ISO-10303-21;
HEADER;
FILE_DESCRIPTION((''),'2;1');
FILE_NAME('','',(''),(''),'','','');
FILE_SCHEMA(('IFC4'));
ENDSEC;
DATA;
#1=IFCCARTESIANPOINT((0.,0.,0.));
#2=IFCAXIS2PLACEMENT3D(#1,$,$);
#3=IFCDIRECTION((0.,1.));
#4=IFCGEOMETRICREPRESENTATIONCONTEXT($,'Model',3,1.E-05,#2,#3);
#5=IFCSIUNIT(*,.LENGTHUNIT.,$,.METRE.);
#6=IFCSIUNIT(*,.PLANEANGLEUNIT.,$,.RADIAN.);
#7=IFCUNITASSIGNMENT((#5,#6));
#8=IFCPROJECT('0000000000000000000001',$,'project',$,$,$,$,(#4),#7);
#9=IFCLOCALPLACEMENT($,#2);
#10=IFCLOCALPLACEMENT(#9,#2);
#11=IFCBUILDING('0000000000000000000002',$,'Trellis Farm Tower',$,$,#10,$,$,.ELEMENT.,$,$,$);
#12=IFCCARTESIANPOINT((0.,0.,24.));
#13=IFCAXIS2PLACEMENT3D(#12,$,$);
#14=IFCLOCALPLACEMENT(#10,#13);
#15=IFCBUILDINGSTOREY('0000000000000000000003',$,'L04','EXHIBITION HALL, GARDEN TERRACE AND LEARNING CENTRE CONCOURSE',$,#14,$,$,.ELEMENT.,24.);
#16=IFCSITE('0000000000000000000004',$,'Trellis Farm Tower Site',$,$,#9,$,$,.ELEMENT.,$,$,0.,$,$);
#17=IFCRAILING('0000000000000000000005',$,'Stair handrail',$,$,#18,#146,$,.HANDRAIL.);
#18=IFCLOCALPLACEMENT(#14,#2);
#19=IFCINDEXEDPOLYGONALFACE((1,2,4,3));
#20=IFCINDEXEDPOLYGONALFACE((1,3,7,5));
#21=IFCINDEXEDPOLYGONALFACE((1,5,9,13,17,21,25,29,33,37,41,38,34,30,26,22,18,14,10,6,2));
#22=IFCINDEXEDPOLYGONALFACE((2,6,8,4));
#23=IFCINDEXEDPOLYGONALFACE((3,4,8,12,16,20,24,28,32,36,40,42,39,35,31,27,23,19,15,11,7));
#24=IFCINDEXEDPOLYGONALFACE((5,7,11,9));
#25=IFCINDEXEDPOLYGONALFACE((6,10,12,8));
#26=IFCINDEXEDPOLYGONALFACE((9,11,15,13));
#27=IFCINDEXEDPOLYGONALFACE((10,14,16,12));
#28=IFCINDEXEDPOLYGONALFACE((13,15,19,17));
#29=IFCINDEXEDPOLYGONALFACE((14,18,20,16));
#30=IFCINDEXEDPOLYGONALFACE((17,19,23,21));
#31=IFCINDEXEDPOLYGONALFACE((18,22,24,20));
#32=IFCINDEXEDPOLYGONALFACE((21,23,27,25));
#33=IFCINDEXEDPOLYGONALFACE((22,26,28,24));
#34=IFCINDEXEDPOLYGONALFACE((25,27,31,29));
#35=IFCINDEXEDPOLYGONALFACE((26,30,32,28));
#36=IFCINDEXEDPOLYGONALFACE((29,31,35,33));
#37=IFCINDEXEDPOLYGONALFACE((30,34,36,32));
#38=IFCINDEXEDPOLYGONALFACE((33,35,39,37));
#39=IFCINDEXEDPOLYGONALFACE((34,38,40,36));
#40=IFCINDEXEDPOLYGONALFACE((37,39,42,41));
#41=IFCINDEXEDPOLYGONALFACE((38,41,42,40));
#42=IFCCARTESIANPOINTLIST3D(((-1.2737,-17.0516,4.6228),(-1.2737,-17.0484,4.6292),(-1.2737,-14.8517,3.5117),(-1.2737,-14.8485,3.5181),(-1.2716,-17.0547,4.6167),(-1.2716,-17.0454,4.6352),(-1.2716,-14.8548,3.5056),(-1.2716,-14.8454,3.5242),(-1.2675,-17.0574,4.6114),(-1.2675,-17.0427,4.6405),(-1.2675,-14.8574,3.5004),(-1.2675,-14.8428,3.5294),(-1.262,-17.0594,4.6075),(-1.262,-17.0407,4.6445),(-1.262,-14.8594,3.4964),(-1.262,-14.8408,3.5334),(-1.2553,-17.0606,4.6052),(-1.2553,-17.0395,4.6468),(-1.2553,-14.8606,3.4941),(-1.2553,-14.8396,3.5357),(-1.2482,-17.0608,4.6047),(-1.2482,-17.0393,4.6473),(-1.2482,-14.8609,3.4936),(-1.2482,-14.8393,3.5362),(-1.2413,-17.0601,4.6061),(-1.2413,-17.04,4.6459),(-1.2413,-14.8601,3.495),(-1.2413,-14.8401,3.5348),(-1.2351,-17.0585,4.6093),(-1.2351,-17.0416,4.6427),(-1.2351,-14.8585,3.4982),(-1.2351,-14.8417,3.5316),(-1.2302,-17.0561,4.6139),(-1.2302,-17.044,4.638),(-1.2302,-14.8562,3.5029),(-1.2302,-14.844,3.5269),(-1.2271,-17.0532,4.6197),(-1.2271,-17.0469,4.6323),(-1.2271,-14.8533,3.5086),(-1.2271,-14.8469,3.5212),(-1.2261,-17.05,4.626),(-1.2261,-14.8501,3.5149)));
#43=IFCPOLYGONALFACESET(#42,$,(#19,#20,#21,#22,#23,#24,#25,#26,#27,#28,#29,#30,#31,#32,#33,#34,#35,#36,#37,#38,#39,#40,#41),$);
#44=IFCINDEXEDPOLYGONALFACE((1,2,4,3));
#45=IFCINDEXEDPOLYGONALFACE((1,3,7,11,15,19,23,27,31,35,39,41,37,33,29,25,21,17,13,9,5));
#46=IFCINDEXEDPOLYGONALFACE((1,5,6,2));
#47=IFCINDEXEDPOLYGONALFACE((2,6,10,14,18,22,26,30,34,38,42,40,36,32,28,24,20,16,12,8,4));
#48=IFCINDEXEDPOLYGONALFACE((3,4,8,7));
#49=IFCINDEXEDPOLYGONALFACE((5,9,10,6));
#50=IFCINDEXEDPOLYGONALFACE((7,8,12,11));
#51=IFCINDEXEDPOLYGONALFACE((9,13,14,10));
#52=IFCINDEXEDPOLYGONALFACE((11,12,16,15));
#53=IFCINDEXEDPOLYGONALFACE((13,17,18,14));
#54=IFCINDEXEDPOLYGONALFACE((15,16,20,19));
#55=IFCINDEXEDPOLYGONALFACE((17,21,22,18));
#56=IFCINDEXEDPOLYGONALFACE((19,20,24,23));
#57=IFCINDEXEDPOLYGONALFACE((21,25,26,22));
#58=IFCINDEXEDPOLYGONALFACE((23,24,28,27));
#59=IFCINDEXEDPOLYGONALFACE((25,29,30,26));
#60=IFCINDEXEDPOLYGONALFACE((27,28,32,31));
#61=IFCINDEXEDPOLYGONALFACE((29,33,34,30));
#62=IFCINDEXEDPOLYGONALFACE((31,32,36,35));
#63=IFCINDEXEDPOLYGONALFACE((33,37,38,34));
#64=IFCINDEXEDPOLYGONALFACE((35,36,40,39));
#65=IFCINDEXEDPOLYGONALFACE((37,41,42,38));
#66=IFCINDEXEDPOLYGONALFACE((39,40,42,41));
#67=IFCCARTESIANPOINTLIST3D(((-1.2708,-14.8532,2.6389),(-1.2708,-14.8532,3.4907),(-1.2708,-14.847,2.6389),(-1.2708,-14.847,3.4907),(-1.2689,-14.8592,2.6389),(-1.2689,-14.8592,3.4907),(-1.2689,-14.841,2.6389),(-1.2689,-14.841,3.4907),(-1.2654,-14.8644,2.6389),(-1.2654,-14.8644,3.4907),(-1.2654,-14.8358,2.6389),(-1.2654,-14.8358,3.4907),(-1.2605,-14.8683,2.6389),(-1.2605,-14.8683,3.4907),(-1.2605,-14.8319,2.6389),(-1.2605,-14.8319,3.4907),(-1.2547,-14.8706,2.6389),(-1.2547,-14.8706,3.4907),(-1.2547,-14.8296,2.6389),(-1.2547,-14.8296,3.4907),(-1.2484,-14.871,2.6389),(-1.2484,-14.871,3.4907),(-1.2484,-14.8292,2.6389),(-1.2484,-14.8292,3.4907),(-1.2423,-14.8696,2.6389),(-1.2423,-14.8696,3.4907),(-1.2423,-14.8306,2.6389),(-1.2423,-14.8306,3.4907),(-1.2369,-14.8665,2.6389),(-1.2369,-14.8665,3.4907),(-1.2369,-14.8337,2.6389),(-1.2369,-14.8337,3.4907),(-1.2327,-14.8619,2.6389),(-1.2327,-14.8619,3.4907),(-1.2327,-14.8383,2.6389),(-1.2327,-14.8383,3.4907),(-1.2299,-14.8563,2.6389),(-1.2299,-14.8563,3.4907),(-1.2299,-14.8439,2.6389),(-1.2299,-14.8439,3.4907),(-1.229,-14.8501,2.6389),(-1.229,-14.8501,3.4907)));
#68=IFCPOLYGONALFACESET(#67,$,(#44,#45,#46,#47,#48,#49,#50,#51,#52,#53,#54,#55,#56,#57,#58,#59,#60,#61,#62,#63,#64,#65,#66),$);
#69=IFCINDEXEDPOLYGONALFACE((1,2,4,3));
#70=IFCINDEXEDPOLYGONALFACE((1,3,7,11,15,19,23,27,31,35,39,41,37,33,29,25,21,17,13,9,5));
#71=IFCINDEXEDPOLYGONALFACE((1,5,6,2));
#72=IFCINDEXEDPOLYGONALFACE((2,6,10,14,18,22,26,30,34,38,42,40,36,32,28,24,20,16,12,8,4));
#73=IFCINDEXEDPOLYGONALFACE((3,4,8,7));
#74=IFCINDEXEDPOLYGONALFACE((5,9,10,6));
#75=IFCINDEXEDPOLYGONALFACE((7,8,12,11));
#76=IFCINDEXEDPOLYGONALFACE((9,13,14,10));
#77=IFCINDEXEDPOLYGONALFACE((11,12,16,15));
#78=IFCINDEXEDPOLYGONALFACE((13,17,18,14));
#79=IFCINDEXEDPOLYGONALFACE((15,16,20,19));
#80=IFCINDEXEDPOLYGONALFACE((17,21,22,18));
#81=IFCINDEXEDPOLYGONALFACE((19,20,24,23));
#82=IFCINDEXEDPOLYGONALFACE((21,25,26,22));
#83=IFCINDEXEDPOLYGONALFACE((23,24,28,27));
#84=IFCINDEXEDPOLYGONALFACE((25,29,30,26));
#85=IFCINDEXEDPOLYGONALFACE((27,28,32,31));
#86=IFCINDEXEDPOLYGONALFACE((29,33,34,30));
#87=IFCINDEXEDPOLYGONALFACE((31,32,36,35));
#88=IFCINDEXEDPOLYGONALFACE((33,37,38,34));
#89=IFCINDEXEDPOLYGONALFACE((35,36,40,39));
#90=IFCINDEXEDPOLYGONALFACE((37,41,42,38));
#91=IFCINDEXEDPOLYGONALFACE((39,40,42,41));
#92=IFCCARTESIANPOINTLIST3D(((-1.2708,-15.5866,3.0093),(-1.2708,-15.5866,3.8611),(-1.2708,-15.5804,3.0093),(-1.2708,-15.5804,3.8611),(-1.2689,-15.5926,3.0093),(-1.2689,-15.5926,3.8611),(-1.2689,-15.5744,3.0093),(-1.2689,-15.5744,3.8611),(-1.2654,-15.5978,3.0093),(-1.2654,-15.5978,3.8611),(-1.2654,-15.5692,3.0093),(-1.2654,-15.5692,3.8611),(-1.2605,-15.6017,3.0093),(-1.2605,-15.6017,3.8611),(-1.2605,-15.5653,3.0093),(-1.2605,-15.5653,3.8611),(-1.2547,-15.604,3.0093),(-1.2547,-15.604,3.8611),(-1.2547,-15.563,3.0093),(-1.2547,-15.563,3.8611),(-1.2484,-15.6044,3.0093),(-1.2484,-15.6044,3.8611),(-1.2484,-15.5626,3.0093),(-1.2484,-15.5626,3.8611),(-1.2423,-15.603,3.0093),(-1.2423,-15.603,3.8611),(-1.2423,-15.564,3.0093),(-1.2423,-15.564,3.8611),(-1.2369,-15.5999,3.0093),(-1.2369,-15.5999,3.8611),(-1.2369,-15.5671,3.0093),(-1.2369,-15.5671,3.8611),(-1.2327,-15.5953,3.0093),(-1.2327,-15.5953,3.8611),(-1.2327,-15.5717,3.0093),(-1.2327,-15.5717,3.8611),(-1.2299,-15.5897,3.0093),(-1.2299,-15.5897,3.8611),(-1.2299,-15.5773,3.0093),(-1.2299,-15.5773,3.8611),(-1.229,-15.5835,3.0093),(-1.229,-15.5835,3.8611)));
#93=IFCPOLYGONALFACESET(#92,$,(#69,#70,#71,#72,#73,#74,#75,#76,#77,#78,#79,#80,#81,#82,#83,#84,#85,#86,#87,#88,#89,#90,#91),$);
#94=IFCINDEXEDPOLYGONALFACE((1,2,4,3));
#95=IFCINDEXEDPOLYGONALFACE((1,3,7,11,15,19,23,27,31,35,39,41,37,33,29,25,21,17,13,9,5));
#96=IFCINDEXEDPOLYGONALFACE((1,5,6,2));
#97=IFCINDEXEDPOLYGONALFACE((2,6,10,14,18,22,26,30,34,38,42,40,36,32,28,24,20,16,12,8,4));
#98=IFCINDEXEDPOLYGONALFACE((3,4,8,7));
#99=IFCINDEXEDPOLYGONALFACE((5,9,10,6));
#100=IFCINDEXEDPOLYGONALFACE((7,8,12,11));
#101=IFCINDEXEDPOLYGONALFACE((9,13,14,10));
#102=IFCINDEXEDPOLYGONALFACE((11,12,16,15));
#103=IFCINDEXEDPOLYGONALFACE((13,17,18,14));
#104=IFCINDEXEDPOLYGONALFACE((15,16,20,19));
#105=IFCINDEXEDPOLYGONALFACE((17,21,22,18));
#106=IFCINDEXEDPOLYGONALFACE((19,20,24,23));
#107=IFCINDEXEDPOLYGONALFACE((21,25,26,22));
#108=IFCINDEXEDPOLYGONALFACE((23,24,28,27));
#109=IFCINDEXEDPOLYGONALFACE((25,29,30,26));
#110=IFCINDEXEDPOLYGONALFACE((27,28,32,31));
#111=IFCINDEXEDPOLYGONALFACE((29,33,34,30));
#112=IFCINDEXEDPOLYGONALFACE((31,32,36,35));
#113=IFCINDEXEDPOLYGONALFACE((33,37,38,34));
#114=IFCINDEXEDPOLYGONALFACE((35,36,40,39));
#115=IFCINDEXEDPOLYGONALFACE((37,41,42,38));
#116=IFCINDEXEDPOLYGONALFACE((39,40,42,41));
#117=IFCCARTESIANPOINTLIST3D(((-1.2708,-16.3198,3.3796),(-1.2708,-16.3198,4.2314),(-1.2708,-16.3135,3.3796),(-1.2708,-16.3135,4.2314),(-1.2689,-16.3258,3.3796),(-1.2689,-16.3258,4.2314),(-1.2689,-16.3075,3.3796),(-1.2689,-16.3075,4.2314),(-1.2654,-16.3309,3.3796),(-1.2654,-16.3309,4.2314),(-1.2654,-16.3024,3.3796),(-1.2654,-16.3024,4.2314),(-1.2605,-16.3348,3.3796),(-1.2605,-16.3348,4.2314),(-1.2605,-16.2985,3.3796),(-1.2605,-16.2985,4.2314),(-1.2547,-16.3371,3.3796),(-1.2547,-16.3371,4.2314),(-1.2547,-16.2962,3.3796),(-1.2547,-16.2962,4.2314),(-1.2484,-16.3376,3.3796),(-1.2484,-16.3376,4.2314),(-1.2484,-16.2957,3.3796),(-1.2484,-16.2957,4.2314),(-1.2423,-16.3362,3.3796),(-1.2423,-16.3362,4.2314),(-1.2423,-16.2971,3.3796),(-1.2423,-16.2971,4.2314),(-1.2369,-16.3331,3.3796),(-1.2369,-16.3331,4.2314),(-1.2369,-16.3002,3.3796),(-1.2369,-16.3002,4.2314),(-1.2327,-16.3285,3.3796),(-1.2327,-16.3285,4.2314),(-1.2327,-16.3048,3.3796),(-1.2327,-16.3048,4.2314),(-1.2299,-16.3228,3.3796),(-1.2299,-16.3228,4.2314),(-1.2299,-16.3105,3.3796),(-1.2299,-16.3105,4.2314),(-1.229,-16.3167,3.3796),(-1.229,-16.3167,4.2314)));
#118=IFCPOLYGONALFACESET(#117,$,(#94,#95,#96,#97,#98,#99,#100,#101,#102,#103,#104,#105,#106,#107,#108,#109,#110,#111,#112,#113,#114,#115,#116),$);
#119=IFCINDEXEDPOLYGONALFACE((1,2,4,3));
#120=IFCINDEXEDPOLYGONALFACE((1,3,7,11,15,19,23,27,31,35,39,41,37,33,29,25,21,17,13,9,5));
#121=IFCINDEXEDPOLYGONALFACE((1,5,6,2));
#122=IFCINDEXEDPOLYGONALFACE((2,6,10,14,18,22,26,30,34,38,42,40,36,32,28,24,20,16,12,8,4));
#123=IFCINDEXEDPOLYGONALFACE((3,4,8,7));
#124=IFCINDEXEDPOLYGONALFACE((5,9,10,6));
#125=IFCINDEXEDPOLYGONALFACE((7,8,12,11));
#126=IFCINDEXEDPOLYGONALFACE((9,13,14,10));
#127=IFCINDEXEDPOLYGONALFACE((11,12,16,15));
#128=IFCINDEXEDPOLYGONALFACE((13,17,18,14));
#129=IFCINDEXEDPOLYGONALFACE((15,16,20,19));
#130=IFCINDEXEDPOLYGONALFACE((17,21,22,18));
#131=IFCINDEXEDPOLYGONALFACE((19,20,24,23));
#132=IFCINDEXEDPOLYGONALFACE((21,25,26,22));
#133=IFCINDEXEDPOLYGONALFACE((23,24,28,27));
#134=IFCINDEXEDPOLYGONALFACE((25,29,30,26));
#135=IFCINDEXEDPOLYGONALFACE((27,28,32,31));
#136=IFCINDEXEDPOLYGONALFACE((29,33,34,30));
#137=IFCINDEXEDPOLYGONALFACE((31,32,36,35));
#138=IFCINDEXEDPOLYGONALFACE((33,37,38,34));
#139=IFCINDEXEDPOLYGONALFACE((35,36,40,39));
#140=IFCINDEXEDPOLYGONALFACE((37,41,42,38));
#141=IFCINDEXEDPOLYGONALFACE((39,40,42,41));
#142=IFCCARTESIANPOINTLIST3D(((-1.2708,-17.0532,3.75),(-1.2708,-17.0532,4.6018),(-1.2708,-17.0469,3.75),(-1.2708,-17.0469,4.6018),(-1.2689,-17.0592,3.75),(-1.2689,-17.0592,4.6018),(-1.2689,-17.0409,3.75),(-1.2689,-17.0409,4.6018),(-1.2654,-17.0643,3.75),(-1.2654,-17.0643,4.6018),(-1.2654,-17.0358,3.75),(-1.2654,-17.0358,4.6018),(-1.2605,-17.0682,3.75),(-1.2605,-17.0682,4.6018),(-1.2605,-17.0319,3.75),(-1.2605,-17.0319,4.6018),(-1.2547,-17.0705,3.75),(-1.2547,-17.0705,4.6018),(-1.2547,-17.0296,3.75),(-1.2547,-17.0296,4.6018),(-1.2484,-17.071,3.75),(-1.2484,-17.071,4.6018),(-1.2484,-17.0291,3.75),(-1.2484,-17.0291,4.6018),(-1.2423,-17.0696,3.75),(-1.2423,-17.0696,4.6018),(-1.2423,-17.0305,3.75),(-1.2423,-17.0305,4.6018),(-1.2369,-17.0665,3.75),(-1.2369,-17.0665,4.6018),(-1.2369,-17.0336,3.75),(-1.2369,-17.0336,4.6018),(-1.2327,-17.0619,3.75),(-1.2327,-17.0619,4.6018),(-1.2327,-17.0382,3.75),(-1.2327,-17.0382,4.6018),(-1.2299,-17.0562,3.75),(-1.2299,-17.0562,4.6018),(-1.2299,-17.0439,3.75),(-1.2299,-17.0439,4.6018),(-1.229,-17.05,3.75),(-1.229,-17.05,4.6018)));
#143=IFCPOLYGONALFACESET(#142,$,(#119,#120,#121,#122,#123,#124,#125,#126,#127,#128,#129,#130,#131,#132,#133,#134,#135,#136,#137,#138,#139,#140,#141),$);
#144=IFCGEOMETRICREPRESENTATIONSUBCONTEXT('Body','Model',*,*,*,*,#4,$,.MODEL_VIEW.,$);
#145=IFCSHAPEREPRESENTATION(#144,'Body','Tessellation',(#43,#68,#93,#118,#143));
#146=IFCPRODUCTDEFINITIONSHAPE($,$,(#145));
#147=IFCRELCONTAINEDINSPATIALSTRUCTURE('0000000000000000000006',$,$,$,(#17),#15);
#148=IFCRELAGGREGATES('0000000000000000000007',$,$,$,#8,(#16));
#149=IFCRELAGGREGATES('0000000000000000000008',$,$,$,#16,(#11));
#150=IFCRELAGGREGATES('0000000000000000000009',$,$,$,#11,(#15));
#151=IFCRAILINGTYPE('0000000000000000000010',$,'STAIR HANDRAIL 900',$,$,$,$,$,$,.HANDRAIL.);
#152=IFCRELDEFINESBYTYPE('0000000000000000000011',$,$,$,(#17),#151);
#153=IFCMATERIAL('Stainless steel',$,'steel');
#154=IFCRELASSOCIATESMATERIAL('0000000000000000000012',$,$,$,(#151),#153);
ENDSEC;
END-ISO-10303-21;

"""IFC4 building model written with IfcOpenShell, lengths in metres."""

from ifc_helpers import new_model, si_unit, direction, frame, origin, origin_2d, place, context, subcontext, project, spatial, circle, extrude, source, transform, mapped, material, type_object, element, save


model = new_model("IFC4")

# Units and contexts
model_context = context("Model", 3, precision=1e-05, world=origin(), true_north=direction((0.0, 1.0)))
body_context = subcontext(model_context, "Body", "Model", "MODEL_VIEW")
ifc_project = project(units=[si_unit("LENGTHUNIT", "METRE"), si_unit("PLANEANGLEUNIT", "RADIAN")], contexts=[model_context])

# Site, building, storey
site_placement = place(None, origin())
site = spatial("IfcSite", under=ifc_project, at=site_placement, Name="Trellis Farm Tower Site", CompositionType="ELEMENT", RefElevation=0.0)
building_placement = place(site_placement, origin())
building = spatial("IfcBuilding", under=site, at=building_placement, Name="Trellis Farm Tower", CompositionType="ELEMENT")
storey_placement = place(building_placement, frame((0.0, 0.0, 24.0)))
storey = spatial("IfcBuildingStorey", under=building, at=storey_placement, Name="L04", Description="EXHIBITION HALL, GARDEN TERRACE AND LEARNING CENTRE CONCOURSE", CompositionType="ELEMENT", Elevation=24.0)

# Shared definitions
ifc_material_1 = material(Name="Stainless steel", Category="steel")

# Railing
railing_type = type_object("IfcRailingType", Name="STAIR HANDRAIL 900", PredefinedType="HANDRAIL", material=ifc_material_1)
shared_shape_1 = source(origin(), body_context, "Body", "SweptSolid", [
    extrude(circle(Radius=0.0239, at=origin_2d()), frame((0.0, 0.0, 0.876), z_axis=(0.0, -0.892617, 0.450816), x_axis=(1.0, 0.0, 0.0)), (0.0, 0.0, 1.0), 2.4646),
    extrude(circle(Radius=0.021, at=origin_2d()), origin(), (0.0, 0.0, 1.0), 0.8518),
    extrude(circle(Radius=0.021, at=origin_2d()), frame((0.0, -0.7334, 0.3704)), (0.0, 0.0, 1.0), 0.8518),
    extrude(circle(Radius=0.021, at=origin_2d()), frame((0.0, -1.4666, 0.7407)), (0.0, 0.0, 1.0), 0.8518),
    extrude(circle(Radius=0.021, at=origin_2d()), frame((0.0, -2.2, 1.1111)), (0.0, 0.0, 1.0), 0.8518),
])
for number, where, name in (
    (1, (-1.25, -14.8501, 2.6389), "Stair handrail"),
):
    element("IfcRailing", number, at=place(storey_placement, frame(where)), inside=storey, type_object=railing_type, Name=name, PredefinedType="HANDRAIL", context=body_context, shape_type="MappedRepresentation", body=[
        mapped(shared_shape_1, transform((0.0, 0.0, 0.0))),
    ])

save(model, "model.ifc")
